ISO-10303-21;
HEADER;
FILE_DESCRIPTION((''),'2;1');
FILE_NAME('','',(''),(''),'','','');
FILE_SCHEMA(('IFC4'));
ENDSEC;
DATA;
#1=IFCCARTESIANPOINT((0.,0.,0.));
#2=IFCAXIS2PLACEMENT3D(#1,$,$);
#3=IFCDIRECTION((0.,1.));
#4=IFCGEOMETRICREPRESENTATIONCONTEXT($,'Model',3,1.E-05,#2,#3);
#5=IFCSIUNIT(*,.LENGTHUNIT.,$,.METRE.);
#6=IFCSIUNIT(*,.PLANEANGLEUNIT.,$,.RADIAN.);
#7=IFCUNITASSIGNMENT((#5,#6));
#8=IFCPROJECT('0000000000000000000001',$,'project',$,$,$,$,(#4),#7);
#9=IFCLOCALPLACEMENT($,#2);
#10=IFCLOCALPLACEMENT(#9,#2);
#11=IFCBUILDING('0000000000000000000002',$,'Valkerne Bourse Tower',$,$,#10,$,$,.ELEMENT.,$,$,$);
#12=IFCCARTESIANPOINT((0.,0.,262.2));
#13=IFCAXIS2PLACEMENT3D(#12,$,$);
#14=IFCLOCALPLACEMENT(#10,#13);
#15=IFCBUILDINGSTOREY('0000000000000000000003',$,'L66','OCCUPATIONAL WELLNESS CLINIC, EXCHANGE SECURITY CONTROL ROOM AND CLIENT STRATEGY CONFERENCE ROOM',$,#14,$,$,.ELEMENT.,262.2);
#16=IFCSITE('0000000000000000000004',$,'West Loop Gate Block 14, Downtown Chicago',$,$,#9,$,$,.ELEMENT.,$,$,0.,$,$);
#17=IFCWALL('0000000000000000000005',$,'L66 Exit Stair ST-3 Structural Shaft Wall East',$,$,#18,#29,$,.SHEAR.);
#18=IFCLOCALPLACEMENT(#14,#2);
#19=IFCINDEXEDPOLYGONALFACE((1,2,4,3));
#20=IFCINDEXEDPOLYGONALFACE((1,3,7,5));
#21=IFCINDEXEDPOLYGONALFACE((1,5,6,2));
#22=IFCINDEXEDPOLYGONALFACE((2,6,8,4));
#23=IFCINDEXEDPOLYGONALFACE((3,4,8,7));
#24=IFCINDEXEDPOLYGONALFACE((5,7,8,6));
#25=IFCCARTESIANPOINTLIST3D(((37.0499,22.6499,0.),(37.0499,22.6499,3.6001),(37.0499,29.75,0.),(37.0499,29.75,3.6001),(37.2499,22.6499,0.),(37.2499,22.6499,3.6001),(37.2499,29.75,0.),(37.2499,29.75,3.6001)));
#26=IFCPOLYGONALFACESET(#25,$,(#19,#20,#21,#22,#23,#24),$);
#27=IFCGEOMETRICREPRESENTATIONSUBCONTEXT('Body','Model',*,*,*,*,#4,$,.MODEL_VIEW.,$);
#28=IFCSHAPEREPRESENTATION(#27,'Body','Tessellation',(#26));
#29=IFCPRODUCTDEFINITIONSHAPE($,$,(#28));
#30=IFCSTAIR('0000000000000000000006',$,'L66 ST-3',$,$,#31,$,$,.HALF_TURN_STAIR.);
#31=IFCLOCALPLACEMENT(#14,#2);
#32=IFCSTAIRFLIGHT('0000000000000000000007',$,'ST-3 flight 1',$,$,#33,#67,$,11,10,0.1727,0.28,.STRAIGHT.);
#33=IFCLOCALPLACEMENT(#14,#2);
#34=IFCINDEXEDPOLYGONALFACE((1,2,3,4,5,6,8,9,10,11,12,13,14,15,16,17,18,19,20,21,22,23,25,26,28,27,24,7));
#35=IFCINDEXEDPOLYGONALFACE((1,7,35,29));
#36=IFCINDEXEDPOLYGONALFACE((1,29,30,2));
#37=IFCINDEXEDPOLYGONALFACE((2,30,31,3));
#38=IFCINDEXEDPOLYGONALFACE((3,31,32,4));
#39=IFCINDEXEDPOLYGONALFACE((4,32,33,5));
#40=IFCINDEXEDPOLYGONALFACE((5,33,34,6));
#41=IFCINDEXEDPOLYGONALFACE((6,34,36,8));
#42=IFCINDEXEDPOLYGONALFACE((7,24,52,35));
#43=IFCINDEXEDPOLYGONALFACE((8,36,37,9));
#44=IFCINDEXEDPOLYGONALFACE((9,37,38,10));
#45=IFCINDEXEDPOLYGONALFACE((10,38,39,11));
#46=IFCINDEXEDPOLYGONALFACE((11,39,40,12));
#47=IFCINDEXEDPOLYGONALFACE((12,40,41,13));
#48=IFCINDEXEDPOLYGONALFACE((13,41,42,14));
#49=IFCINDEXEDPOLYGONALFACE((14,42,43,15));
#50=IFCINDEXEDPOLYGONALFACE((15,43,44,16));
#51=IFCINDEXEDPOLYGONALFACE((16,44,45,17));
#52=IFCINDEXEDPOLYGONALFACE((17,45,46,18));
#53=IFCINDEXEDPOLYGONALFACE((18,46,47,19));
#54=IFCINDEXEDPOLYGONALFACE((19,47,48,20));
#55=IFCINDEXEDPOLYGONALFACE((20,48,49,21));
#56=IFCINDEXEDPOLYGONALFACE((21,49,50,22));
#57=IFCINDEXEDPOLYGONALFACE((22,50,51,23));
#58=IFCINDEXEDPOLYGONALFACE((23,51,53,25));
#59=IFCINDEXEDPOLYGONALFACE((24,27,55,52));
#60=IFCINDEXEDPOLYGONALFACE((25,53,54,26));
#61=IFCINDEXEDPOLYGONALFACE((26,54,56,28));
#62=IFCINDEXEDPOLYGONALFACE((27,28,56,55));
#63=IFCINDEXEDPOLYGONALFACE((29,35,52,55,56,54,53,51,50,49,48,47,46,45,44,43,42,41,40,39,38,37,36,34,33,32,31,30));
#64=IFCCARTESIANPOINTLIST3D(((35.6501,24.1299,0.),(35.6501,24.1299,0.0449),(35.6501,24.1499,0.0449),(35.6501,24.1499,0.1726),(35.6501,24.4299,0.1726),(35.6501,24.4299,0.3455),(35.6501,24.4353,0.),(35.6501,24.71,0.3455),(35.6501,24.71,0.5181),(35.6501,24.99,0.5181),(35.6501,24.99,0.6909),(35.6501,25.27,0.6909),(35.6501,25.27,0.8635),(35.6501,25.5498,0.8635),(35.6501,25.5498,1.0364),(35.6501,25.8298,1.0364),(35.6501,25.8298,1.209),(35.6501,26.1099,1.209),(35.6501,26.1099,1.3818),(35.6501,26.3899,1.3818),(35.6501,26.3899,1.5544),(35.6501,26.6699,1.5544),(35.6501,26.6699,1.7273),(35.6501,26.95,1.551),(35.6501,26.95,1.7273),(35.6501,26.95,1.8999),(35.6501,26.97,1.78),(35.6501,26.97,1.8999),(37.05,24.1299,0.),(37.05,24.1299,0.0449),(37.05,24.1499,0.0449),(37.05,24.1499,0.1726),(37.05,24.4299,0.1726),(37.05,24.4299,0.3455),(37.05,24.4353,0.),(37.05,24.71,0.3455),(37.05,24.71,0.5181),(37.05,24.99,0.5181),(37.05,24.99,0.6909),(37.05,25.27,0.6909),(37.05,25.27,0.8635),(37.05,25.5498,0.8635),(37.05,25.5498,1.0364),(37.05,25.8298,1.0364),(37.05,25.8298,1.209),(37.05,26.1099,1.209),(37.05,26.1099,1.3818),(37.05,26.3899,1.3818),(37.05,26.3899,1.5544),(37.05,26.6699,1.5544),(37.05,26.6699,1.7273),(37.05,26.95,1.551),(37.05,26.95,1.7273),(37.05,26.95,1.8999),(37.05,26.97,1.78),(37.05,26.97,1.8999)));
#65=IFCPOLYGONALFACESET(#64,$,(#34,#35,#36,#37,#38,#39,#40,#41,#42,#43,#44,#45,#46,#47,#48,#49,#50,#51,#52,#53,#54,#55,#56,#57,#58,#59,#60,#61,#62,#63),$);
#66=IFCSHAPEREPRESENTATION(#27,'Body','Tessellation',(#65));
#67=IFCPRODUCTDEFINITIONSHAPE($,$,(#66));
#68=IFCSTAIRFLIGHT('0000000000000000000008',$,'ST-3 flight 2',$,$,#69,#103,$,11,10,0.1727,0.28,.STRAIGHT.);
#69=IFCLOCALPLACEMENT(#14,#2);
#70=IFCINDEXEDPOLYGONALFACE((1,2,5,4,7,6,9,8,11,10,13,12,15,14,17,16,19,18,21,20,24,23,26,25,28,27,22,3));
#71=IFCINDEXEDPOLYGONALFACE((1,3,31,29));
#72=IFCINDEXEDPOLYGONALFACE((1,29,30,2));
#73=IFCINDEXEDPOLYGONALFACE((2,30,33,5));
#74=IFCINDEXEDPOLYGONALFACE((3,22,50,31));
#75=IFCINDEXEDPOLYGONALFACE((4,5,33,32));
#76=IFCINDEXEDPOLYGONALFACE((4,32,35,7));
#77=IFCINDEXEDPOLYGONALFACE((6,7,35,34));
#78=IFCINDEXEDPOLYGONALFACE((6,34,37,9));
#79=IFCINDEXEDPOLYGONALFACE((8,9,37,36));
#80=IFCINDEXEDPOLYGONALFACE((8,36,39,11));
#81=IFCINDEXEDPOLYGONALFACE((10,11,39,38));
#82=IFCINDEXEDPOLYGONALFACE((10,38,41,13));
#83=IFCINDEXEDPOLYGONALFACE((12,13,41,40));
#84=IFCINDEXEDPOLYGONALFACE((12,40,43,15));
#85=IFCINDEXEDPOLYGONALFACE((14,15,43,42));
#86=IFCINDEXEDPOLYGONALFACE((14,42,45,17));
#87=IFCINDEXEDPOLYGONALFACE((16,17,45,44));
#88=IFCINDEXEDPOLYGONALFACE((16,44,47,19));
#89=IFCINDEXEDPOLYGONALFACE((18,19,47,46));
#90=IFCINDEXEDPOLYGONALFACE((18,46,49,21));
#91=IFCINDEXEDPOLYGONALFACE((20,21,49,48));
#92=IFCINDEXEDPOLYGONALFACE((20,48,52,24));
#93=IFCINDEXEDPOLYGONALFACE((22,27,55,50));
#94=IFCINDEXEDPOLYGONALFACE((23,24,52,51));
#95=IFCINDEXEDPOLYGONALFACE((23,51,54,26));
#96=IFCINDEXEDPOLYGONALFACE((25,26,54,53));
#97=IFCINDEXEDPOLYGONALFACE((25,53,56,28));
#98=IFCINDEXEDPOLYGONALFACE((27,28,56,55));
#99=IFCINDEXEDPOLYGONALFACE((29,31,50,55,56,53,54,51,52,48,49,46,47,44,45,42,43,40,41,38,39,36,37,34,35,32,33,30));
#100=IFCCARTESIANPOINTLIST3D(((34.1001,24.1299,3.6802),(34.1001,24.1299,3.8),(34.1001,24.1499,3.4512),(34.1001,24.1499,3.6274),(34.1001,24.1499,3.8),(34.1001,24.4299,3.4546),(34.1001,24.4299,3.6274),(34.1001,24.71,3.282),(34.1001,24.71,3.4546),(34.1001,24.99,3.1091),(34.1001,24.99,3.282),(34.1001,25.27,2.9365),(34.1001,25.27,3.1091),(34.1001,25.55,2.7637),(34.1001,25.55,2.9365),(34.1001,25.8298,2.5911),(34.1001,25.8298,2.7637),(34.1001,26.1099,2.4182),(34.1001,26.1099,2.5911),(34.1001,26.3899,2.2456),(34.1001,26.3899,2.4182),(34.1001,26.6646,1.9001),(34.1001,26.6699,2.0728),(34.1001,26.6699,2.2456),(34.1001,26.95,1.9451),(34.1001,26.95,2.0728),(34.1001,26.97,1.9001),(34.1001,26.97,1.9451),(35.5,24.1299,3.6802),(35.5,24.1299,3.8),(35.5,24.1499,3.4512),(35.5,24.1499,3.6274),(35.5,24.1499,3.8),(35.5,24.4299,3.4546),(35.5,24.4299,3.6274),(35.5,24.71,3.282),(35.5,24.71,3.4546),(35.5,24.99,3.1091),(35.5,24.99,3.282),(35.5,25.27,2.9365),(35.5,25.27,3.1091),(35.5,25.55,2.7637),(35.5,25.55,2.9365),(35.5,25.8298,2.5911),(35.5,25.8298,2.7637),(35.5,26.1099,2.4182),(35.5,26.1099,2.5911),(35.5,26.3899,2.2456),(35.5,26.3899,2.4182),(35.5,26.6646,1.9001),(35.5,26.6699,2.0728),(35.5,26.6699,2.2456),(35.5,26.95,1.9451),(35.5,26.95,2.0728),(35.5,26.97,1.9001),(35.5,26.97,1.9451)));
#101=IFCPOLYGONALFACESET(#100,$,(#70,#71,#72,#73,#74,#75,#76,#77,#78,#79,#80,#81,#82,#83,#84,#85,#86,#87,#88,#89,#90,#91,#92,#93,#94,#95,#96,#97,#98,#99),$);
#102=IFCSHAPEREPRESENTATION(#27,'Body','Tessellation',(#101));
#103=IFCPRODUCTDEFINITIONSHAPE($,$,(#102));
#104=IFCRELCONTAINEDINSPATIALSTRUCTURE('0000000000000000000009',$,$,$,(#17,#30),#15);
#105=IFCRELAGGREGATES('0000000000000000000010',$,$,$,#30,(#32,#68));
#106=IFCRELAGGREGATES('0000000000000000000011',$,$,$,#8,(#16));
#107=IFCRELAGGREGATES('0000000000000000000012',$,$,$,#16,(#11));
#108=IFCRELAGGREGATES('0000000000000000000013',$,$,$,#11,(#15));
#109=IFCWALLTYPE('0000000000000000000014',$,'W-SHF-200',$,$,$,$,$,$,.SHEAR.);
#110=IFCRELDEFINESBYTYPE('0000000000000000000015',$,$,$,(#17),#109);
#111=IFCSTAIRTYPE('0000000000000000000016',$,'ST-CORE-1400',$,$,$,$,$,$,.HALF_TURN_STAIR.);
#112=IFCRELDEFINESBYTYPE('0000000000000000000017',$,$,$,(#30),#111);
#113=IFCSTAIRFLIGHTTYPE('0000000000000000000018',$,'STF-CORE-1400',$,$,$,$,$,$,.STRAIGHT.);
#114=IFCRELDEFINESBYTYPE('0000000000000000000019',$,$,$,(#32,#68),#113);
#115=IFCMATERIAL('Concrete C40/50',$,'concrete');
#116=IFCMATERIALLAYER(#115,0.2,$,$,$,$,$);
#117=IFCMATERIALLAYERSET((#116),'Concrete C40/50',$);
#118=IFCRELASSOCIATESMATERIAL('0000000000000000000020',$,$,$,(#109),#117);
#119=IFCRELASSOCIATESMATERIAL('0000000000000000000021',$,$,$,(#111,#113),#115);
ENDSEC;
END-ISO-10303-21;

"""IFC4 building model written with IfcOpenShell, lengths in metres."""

from ifc_helpers import new_model, si_unit, direction, frame, frame_2d, origin, place, context, subcontext, project, spatial, polyline, rectangle, outline, extrude, material, layer, layer_set, type_object, element, aggregate, save


model = new_model("IFC4")

# Units and contexts
model_context = context("Model", 3, precision=1e-05, world=origin(), true_north=direction((0.0, 1.0)))
body_context = subcontext(model_context, "Body", "Model", "MODEL_VIEW")
ifc_project = project(units=[si_unit("LENGTHUNIT", "METRE"), si_unit("PLANEANGLEUNIT", "RADIAN")], contexts=[model_context])

# Site, building, storey
site_placement = place(None, origin())
site = spatial("IfcSite", under=ifc_project, at=site_placement, Name="West Loop Gate Block 14, Downtown Chicago", CompositionType="ELEMENT", RefElevation=0.0)
building_placement = place(site_placement, origin())
building = spatial("IfcBuilding", under=site, at=building_placement, Name="Valkerne Bourse Tower", CompositionType="ELEMENT")
storey_placement = place(building_placement, frame((0.0, 0.0, 262.2)))
storey = spatial("IfcBuildingStorey", under=building, at=storey_placement, Name="L66", Description="OCCUPATIONAL WELLNESS CLINIC, EXCHANGE SECURITY CONTROL ROOM AND CLIENT STRATEGY CONFERENCE ROOM", CompositionType="ELEMENT", Elevation=262.2)

# Wall
ifc_material_1 = material(Name="Concrete C40/50", Category="concrete")
ifc_layer_1 = layer(ifc_material_1, 0.2)
ifc_layer_set_1 = layer_set([ifc_layer_1], Name="Concrete C40/50")
wall_type_1 = type_object("IfcWallType", Name="W-SHF-200", PredefinedType="SHEAR", material=ifc_layer_set_1)
wall_1_placement = place(storey_placement, frame((37.1499, 22.6499, 0.0), z_axis=(0.0, 0.0, 1.0), x_axis=(0.0, 1.0, 0.0)))
element("IfcWall", 1, at=wall_1_placement, inside=storey, type_object=wall_type_1, Name="L66 Exit Stair ST-3 Structural Shaft Wall East", PredefinedType="SHEAR", context=body_context, shape_type="SweptSolid", body=[
    extrude(rectangle(XDim=7.1001, YDim=0.2, at=frame_2d((3.55, 0.0))), origin(), (0.0, 0.0, 1.0), 3.6001),
])

# Stair, stair flights
stair_type = type_object("IfcStairType", Name="ST-CORE-1400", PredefinedType="HALF_TURN_STAIR", material=ifc_material_1)
stair_placement = place(storey_placement, origin())
stair = element("IfcStair", 2, at=stair_placement, inside=storey, type_object=stair_type, Name="L66 ST-3", PredefinedType="HALF_TURN_STAIR")
stair_flight_type = type_object("IfcStairFlightType", Name="STF-CORE-1400", PredefinedType="STRAIGHT", material=ifc_material_1)
stair_flight_1_placement = place(storey_placement, frame((36.3501, 24.1499, 0.0), z_axis=(0.0, 0.0, 1.0), x_axis=(0.0, 1.0, 0.0)))
stair_flight_1 = element("IfcStairFlight", 3, at=stair_flight_1_placement, type_object=stair_flight_type, Name="ST-3 flight 1", NumberOfRisers=11, NumberOfTreads=10, PredefinedType="STRAIGHT", RiserHeight=0.1727, TreadLength=0.28, context=body_context, shape_type="SweptSolid", body=[
    extrude(outline(polyline([(-0.02, 0.0), (-0.02, 0.0449), (0.0, 0.0449), (0.0, 0.1726), (0.28, 0.1726), (0.28, 0.3455), (0.5601, 0.3455), (0.5601, 0.5181), (0.8401, 0.5181), (0.8401, 0.6909), (1.1201, 0.6909), (1.1201, 0.8635), (1.3999, 0.8635), (1.3999, 1.0364), (1.6799, 1.0364), (1.6799, 1.209), (1.96, 1.209), (1.96, 1.3818), (2.24, 1.3818), (2.24, 1.5544), (2.52, 1.5544), (2.52, 1.7273), (2.8, 1.7273), (2.8, 1.8999), (2.8201, 1.8999), (2.8201, 1.78), (2.8, 1.551), (0.2854, 0.0), (-0.02, 0.0)])), frame((0.0, 0.7, 0.0), z_axis=(0.0, -1.0, 0.0), x_axis=(1.0, 0.0, 0.0)), (0.0, 0.0, 1.0), 1.3999),
])
stair_flight_2_placement = place(storey_placement, frame((34.8, 26.95, 1.9001), z_axis=(0.0, 0.0, 1.0), x_axis=(0.0, -1.0, 0.0)))
stair_flight_2 = element("IfcStairFlight", 4, at=stair_flight_2_placement, type_object=stair_flight_type, Name="ST-3 flight 2", NumberOfRisers=11, NumberOfTreads=10, PredefinedType="STRAIGHT", RiserHeight=0.1727, TreadLength=0.28, context=body_context, shape_type="SweptSolid", body=[
    extrude(outline(polyline([(-0.02, 0.0), (-0.02, 0.0449), (0.0, 0.0449), (0.0, 0.1726), (0.28, 0.1726), (0.28, 0.3455), (0.5601, 0.3455), (0.5601, 0.5181), (0.8401, 0.5181), (0.8401, 0.6909), (1.1201, 0.6909), (1.1201, 0.8635), (1.3999, 0.8635), (1.3999, 1.0364), (1.6799, 1.0364), (1.6799, 1.209), (1.96, 1.209), (1.96, 1.3818), (2.24, 1.3818), (2.24, 1.5544), (2.52, 1.5544), (2.52, 1.7273), (2.8, 1.7273), (2.8, 1.8999), (2.8201, 1.8999), (2.8201, 1.78), (2.8, 1.551), (0.2854, 0.0), (-0.02, 0.0)])), frame((0.0, 0.7, 0.0), z_axis=(0.0, -1.0, 0.0), x_axis=(1.0, 0.0, 0.0)), (0.0, 0.0, 1.0), 1.3999),
])
aggregate(stair, [stair_flight_1, stair_flight_2])

save(model, "model.ifc")
